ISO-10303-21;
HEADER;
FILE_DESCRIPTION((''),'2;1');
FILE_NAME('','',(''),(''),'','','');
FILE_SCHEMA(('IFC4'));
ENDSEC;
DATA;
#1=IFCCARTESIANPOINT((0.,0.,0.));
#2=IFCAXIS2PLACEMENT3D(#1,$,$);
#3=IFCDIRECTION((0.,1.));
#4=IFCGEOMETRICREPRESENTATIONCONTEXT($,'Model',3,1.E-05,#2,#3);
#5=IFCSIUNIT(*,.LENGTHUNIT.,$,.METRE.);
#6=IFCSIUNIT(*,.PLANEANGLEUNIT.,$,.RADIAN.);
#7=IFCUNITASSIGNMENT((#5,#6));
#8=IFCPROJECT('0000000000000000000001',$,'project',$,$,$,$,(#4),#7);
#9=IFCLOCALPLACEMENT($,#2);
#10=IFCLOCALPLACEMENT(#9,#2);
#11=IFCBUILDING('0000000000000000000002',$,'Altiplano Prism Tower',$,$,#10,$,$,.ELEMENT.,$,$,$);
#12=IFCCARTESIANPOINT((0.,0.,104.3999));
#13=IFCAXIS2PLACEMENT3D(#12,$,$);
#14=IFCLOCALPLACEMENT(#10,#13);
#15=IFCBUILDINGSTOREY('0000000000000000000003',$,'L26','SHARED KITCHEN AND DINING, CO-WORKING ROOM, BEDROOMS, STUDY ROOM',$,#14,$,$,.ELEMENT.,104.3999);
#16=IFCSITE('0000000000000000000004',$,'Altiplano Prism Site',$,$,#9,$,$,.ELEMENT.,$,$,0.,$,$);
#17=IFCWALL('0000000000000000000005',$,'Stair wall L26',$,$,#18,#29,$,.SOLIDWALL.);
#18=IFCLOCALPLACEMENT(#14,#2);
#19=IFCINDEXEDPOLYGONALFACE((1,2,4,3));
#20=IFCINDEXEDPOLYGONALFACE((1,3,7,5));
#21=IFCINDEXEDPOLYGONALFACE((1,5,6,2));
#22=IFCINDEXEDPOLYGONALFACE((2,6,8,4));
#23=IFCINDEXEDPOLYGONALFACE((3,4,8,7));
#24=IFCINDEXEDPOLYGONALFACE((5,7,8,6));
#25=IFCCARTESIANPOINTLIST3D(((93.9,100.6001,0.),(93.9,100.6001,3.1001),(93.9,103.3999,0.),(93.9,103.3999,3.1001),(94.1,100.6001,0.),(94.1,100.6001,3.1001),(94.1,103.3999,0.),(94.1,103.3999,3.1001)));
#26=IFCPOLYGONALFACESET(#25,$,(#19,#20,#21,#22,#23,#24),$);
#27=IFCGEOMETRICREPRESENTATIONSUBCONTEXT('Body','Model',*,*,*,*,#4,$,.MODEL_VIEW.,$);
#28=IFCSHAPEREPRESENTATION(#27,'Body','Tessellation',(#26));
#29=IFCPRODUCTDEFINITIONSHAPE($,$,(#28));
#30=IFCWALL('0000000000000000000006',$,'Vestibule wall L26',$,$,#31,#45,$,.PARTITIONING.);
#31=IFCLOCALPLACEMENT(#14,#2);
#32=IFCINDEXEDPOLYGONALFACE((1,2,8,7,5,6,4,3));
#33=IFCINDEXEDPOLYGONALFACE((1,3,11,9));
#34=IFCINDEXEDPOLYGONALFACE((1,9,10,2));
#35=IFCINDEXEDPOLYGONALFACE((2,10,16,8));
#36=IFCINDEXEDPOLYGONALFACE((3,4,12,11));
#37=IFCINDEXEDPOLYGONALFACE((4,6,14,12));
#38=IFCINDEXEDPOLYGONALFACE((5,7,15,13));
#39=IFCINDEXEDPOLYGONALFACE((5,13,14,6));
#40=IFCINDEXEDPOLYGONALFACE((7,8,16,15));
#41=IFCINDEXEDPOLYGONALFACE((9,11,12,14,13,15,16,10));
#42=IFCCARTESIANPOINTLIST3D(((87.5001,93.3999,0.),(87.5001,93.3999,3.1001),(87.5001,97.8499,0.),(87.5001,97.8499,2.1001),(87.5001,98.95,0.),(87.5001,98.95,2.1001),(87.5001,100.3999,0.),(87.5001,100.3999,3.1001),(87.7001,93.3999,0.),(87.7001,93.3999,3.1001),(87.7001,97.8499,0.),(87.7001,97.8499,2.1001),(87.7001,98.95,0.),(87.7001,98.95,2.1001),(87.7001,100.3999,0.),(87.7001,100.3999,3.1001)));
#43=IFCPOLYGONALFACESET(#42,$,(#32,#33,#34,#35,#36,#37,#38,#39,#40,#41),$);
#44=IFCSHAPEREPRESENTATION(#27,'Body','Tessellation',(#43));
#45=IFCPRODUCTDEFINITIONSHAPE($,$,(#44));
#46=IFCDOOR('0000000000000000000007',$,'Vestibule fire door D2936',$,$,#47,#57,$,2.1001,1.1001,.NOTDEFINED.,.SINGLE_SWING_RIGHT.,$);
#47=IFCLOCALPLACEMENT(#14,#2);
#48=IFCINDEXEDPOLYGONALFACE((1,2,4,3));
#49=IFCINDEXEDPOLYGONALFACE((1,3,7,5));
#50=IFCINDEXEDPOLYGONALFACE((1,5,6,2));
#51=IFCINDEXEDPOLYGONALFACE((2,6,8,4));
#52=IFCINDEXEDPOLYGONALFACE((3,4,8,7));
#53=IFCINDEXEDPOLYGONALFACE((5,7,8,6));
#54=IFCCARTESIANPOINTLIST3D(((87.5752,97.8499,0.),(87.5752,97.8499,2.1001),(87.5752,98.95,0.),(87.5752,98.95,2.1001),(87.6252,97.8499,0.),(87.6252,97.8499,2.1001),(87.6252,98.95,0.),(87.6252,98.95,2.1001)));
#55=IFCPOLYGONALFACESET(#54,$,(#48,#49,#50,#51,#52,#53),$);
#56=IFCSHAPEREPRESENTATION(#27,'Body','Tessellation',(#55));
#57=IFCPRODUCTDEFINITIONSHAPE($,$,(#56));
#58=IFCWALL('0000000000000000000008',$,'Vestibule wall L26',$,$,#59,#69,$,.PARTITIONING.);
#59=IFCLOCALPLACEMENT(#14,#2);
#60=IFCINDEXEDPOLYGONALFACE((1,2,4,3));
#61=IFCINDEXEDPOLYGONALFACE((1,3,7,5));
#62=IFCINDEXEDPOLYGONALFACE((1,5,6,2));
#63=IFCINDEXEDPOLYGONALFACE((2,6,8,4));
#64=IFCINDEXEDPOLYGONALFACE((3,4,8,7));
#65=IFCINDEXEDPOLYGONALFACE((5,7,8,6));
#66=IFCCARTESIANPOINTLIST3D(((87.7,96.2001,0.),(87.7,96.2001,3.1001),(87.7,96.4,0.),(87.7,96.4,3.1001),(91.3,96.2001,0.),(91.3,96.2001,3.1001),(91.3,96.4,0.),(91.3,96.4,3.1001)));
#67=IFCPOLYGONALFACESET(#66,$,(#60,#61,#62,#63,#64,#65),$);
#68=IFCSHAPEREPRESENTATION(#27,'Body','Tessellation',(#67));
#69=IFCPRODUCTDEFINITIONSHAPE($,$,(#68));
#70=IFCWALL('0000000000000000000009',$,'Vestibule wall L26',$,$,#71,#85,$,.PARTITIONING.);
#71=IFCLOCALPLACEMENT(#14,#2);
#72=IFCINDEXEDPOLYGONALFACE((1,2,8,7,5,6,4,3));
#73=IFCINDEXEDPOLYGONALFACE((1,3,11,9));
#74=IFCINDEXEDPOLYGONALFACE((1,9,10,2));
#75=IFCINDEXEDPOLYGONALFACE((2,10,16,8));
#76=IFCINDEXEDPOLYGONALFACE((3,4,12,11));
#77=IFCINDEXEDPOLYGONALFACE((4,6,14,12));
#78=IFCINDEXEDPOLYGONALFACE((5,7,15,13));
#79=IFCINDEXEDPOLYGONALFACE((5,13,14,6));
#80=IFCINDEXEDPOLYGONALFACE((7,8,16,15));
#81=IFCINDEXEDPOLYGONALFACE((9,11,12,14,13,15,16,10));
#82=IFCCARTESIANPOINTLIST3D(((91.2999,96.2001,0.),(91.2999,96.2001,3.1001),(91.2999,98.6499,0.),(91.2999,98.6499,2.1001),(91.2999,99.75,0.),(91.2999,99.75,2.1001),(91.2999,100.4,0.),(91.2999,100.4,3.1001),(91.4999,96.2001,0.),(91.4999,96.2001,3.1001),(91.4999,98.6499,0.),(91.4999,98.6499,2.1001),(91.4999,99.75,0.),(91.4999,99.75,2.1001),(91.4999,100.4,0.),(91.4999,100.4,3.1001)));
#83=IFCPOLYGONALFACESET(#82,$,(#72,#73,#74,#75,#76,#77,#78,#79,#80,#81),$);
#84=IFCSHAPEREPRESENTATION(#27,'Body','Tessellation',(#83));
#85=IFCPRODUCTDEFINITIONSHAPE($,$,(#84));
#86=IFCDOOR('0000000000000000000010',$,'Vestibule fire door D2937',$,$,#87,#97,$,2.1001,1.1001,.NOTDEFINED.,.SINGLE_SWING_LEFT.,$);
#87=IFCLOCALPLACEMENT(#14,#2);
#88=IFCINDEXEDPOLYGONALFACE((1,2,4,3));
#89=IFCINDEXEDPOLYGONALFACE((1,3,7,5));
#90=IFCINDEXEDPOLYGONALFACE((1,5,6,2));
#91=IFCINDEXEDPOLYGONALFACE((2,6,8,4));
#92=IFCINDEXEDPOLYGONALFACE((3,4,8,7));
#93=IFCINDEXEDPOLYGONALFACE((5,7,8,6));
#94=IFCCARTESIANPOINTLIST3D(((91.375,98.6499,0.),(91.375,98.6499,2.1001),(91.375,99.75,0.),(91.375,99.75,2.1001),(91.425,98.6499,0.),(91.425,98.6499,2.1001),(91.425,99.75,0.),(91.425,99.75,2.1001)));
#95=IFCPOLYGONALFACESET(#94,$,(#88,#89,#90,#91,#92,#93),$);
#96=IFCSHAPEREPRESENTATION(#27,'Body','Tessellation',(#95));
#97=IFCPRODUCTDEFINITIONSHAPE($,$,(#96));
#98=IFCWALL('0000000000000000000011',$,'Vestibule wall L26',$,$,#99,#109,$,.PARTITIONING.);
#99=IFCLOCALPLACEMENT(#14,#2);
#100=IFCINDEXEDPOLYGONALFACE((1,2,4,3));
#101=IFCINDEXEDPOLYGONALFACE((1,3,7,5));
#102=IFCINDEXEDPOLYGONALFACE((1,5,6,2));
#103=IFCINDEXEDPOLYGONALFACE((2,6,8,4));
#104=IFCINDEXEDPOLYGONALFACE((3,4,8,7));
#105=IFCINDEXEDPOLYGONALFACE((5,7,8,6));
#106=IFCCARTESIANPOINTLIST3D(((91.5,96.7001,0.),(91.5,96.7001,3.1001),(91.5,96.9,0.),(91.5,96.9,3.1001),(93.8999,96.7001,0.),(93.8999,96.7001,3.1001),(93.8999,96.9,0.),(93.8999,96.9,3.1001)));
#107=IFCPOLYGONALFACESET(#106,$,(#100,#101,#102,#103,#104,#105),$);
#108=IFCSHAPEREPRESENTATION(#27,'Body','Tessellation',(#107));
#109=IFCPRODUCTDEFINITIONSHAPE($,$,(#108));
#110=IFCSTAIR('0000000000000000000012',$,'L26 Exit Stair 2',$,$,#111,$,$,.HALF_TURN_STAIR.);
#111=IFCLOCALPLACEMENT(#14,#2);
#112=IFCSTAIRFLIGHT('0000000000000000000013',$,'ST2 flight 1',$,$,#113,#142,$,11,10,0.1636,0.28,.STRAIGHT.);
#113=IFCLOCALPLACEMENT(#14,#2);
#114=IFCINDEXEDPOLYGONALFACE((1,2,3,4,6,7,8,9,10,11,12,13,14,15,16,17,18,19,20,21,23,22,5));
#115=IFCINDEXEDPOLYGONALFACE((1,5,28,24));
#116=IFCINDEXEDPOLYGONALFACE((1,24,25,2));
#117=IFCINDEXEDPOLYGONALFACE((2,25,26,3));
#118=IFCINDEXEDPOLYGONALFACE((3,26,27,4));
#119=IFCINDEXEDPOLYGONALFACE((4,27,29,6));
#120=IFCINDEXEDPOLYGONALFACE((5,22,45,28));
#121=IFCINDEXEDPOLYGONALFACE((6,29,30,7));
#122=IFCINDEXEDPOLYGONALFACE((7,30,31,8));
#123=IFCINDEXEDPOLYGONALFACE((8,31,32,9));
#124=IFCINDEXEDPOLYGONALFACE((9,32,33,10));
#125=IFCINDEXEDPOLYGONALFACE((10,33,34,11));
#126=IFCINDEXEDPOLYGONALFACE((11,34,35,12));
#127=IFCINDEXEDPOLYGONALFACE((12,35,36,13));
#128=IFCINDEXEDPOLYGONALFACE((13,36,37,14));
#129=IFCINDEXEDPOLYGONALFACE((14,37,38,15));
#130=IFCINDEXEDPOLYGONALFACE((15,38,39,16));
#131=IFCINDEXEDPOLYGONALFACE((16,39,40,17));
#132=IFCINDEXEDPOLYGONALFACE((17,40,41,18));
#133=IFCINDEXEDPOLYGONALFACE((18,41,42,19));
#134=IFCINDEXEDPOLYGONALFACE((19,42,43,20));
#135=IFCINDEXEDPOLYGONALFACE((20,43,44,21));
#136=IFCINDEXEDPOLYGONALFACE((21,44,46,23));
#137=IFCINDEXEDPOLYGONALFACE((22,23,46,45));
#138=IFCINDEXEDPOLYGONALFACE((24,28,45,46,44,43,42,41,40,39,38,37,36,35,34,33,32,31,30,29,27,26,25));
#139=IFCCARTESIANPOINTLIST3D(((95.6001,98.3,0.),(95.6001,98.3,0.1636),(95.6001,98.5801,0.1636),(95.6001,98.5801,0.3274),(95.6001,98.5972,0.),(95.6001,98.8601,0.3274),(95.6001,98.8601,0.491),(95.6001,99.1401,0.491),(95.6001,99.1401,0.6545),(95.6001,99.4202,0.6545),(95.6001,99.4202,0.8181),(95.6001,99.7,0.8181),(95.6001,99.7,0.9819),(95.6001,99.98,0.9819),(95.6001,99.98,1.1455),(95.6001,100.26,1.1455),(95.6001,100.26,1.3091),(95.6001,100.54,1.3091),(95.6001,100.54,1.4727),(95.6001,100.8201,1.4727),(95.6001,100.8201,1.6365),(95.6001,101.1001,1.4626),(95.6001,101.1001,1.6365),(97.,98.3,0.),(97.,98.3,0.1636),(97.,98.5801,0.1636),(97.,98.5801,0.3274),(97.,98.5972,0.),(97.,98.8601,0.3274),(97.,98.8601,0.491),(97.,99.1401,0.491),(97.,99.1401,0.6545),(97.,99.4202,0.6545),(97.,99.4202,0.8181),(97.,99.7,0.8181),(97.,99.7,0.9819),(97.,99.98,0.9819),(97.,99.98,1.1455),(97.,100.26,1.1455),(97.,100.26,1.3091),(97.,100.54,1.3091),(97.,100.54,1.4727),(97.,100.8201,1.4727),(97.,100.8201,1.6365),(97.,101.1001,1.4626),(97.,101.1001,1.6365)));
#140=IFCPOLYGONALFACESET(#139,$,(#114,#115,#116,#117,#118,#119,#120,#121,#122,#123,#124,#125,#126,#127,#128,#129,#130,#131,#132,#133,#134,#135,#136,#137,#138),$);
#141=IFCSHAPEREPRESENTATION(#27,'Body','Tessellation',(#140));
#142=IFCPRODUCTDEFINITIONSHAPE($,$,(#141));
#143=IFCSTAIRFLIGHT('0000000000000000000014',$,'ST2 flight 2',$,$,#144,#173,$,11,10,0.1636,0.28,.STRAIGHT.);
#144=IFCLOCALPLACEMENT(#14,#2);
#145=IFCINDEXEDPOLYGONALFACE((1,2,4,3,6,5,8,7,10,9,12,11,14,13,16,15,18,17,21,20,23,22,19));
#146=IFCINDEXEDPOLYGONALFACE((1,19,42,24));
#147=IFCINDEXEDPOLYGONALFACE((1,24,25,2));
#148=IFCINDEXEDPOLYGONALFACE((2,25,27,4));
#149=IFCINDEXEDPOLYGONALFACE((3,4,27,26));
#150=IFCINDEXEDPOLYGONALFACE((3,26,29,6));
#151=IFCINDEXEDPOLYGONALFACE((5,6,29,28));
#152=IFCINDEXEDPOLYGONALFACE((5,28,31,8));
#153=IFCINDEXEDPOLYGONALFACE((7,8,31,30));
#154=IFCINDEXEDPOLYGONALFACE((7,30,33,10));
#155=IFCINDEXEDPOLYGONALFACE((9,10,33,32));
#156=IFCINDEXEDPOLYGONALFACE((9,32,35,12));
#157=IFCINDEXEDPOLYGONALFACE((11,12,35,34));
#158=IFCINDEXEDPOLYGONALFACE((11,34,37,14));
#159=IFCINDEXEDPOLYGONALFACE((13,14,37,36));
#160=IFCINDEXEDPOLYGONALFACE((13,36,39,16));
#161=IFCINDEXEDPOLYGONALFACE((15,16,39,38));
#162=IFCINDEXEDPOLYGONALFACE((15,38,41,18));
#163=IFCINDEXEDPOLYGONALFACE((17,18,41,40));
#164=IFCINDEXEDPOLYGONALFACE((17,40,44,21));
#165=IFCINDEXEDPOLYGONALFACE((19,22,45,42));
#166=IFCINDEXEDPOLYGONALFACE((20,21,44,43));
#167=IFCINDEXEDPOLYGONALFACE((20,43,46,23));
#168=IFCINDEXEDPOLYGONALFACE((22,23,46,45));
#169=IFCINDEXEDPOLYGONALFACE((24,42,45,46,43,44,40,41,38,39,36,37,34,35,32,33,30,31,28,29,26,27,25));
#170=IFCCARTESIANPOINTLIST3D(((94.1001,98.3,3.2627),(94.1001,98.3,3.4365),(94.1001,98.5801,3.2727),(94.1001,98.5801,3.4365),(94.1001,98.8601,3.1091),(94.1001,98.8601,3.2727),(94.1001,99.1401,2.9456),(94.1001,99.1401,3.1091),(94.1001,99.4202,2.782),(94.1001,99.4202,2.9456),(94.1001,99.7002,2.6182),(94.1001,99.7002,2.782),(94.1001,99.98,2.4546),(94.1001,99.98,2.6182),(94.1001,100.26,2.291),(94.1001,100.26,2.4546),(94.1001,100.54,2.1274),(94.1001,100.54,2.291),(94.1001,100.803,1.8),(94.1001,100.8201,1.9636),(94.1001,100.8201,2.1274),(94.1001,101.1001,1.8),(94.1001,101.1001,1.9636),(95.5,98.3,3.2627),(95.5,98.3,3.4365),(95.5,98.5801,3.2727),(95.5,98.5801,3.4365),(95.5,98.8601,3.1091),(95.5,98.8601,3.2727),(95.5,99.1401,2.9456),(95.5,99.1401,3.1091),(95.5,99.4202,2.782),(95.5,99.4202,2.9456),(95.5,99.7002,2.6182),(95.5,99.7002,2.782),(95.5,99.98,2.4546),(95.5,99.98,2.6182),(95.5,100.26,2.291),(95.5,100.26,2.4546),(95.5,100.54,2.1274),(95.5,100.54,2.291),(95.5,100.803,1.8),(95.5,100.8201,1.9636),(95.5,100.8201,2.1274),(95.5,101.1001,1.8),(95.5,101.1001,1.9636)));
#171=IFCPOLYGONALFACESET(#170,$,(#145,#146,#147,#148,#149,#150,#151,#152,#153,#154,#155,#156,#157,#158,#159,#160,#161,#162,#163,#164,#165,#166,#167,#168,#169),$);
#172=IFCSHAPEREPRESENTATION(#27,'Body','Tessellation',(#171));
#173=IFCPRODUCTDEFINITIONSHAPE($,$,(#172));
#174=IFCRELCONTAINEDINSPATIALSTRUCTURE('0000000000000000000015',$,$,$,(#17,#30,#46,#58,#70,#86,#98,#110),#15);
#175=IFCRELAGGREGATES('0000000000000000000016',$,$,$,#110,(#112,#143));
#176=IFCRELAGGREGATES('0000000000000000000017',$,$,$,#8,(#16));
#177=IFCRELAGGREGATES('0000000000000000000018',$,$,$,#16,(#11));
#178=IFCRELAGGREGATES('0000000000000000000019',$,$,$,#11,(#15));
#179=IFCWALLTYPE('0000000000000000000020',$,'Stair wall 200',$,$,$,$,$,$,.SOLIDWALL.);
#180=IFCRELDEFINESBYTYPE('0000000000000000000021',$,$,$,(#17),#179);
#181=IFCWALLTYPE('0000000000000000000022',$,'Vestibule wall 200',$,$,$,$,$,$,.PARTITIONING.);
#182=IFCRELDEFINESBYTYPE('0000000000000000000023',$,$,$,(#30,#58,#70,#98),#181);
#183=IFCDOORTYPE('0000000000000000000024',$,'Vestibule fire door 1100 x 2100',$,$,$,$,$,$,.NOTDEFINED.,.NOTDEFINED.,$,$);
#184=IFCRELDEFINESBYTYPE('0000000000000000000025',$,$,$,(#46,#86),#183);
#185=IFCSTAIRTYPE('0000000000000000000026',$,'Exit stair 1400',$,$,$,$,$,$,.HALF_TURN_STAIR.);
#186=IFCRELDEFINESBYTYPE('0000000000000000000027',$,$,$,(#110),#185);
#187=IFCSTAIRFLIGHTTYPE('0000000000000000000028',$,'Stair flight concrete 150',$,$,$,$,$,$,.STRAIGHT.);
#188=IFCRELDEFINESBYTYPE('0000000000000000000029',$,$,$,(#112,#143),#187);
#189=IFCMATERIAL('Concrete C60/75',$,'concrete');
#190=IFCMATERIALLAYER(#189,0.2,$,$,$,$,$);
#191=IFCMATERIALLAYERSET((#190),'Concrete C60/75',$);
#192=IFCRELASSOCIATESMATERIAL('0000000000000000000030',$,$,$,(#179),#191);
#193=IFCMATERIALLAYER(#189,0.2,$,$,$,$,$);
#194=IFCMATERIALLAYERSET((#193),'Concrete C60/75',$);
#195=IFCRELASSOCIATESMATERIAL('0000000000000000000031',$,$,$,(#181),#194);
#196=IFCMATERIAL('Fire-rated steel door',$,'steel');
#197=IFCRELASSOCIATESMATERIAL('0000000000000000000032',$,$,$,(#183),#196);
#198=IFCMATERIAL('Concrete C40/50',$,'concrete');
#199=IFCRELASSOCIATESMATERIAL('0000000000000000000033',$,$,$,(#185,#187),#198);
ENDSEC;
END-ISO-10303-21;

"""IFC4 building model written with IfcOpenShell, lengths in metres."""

from ifc_helpers import new_model, si_unit, direction, frame, frame_2d, origin, place, context, subcontext, project, spatial, polyline, rectangle, outline, extrude, material, layer, layer_set, type_object, element, fill, aggregate, save


model = new_model("IFC4")

# Units and contexts
model_context = context("Model", 3, precision=1e-05, world=origin(), true_north=direction((0.0, 1.0)))
body_context = subcontext(model_context, "Body", "Model", "MODEL_VIEW")
ifc_project = project(units=[si_unit("LENGTHUNIT", "METRE"), si_unit("PLANEANGLEUNIT", "RADIAN")], contexts=[model_context])

# Site, building, storey
site_placement = place(None, origin())
site = spatial("IfcSite", under=ifc_project, at=site_placement, Name="Altiplano Prism Site", CompositionType="ELEMENT", RefElevation=0.0)
building_placement = place(site_placement, origin())
building = spatial("IfcBuilding", under=site, at=building_placement, Name="Altiplano Prism Tower", CompositionType="ELEMENT")
storey_placement = place(building_placement, frame((0.0, 0.0, 104.3999)))
storey = spatial("IfcBuildingStorey", under=building, at=storey_placement, Name="L26", Description="SHARED KITCHEN AND DINING, CO-WORKING ROOM, BEDROOMS, STUDY ROOM", CompositionType="ELEMENT", Elevation=104.3999)

# Shared definitions
ifc_material_1 = material(Name="Concrete C60/75", Category="concrete")

# Shared definitions
ifc_layer_1 = layer(ifc_material_1, 0.2)
ifc_layer_set_1 = layer_set([ifc_layer_1], Name="Concrete C60/75")
wall_type_1 = type_object("IfcWallType", Name="Stair wall 200", PredefinedType="SOLIDWALL", material=ifc_layer_set_1)
ifc_material_2 = material(Name="Fire-rated steel door", Category="steel")

# Wall
wall_1_placement = place(storey_placement, frame((94.0, 100.6001, 0.0), z_axis=(0.0, 0.0, 1.0), x_axis=(0.0, 1.0, 0.0)))
element("IfcWall", 1, at=wall_1_placement, inside=storey, type_object=wall_type_1, Name="Stair wall L26", PredefinedType="SOLIDWALL", context=body_context, shape_type="SweptSolid", body=[
    extrude(rectangle(XDim=2.7998, YDim=0.2, at=frame_2d((1.3999, 0.0))), origin(), (0.0, 0.0, 1.0), 3.1001),
])

# Wall, opening, door
ifc_layer_2 = layer(ifc_material_1, 0.2)
ifc_layer_set_2 = layer_set([ifc_layer_2], Name="Concrete C60/75")
wall_type_2 = type_object("IfcWallType", Name="Vestibule wall 200", PredefinedType="PARTITIONING", material=ifc_layer_set_2)
wall_2_placement = place(storey_placement, frame((87.6001, 93.3999, 0.0), z_axis=(0.0, 0.0, 1.0), x_axis=(0.0, 1.0, 0.0)))
wall_2 = element("IfcWall", 2, at=wall_2_placement, inside=storey, type_object=wall_type_2, Name="Vestibule wall L26", PredefinedType="PARTITIONING", context=body_context, shape_type="SweptSolid", body=[
    extrude(rectangle(XDim=7.0, YDim=0.2, at=frame_2d((3.5, 0.0))), origin(), (0.0, 0.0, 1.0), 3.1001),
])
opening_1_placement = place(wall_2_placement, frame((4.45, 0.0, 0.0)))
opening_1 = element("IfcOpeningElement", 3, at=opening_1_placement, cuts=wall_2, PredefinedType="OPENING", context=body_context, shape_type="SweptSolid", body=[
    extrude(rectangle(XDim=1.1001, YDim=2.1001, at=frame_2d((0.55, 1.05))), frame((0.0, 0.1104, 0.0), z_axis=(0.0, -1.0, 0.0), x_axis=(1.0, 0.0, 0.0)), (0.0, 0.0, 1.0), 0.2209),
])
door_type_1 = type_object("IfcDoorType", Name="Vestibule fire door 1100 x 2100", OperationType="NOTDEFINED", PredefinedType="NOTDEFINED", material=ifc_material_2)
door_1_placement = place(opening_1_placement, origin())
door_1 = element("IfcDoor", 4, at=door_1_placement, inside=storey, type_object=door_type_1, Name="Vestibule fire door D2936", OperationType="SINGLE_SWING_RIGHT", OverallHeight=2.1001, OverallWidth=1.1001, PredefinedType="NOTDEFINED", context=body_context, shape_type="SweptSolid", body=[
    extrude(rectangle(XDim=1.1001, YDim=2.1001, at=frame_2d((0.55, 1.05))), frame((0.0, 0.0249, 0.0), z_axis=(0.0, -1.0, 0.0), x_axis=(1.0, 0.0, 0.0)), (0.0, 0.0, 1.0), 0.05),
])
fill(opening_1, door_1)

# Wall
wall_3_placement = place(storey_placement, frame((87.7, 96.3, 0.0), z_axis=(0.0, 0.0, 1.0), x_axis=(1.0, 0.0, 0.0)))
element("IfcWall", 5, at=wall_3_placement, inside=storey, type_object=wall_type_2, Name="Vestibule wall L26", PredefinedType="PARTITIONING", context=body_context, shape_type="SweptSolid", body=[
    extrude(rectangle(XDim=3.6001, YDim=0.2, at=frame_2d((1.8, 0.0))), origin(), (0.0, 0.0, 1.0), 3.1001),
])

# Wall, opening, door
wall_4_placement = place(storey_placement, frame((91.3999, 96.2, 0.0), z_axis=(0.0, 0.0, 1.0), x_axis=(0.0, 1.0, 0.0)))
wall_4 = element("IfcWall", 6, at=wall_4_placement, inside=storey, type_object=wall_type_2, Name="Vestibule wall L26", PredefinedType="PARTITIONING", context=body_context, shape_type="SweptSolid", body=[
    extrude(rectangle(XDim=4.2, YDim=0.2, at=frame_2d((2.1001, 0.0))), origin(), (0.0, 0.0, 1.0), 3.1001),
])
opening_2_placement = place(wall_4_placement, frame((2.45, 0.0, 0.0)))
opening_2 = element("IfcOpeningElement", 7, at=opening_2_placement, cuts=wall_4, PredefinedType="OPENING", context=body_context, shape_type="SweptSolid", body=[
    extrude(rectangle(XDim=1.1001, YDim=2.1001, at=frame_2d((0.55, 1.05))), frame((0.0, 0.1104, 0.0), z_axis=(0.0, -1.0, 0.0), x_axis=(1.0, 0.0, 0.0)), (0.0, 0.0, 1.0), 0.2209),
])
door_2_placement = place(opening_2_placement, origin())
door_2 = element("IfcDoor", 8, at=door_2_placement, inside=storey, type_object=door_type_1, Name="Vestibule fire door D2937", OperationType="SINGLE_SWING_LEFT", OverallHeight=2.1001, OverallWidth=1.1001, PredefinedType="NOTDEFINED", context=body_context, shape_type="SweptSolid", body=[
    extrude(rectangle(XDim=1.1001, YDim=2.1001, at=frame_2d((0.55, 1.05))), frame((0.0, 0.0249, 0.0), z_axis=(0.0, -1.0, 0.0), x_axis=(1.0, 0.0, 0.0)), (0.0, 0.0, 1.0), 0.05),
])
fill(opening_2, door_2)

# Wall
wall_5_placement = place(storey_placement, frame((91.5, 96.8, 0.0), z_axis=(0.0, 0.0, 1.0), x_axis=(1.0, 0.0, 0.0)))
element("IfcWall", 9, at=wall_5_placement, inside=storey, type_object=wall_type_2, Name="Vestibule wall L26", PredefinedType="PARTITIONING", context=body_context, shape_type="SweptSolid", body=[
    extrude(rectangle(XDim=2.3999, YDim=0.2, at=frame_2d((1.2, 0.0))), origin(), (0.0, 0.0, 1.0), 3.1001),
])

# Stair, stair flights
ifc_material_3 = material(Name="Concrete C40/50", Category="concrete")
stair_type = type_object("IfcStairType", Name="Exit stair 1400", PredefinedType="HALF_TURN_STAIR", material=ifc_material_3)
stair_placement = place(storey_placement, origin())
stair = element("IfcStair", 10, at=stair_placement, inside=storey, type_object=stair_type, Name="L26 Exit Stair 2", PredefinedType="HALF_TURN_STAIR")
stair_flight_type = type_object("IfcStairFlightType", Name="Stair flight concrete 150", PredefinedType="STRAIGHT", material=ifc_material_3)
stair_flight_1_placement = place(storey_placement, frame((96.3, 98.3, 0.0), z_axis=(0.0, 0.0, 1.0), x_axis=(0.0, 1.0, 0.0)))
stair_flight_1 = element("IfcStairFlight", 11, at=stair_flight_1_placement, type_object=stair_flight_type, Name="ST2 flight 1", NumberOfRisers=11, NumberOfTreads=10, PredefinedType="STRAIGHT", RiserHeight=0.1636, TreadLength=0.28, context=body_context, shape_type="SweptSolid", body=[
    extrude(outline(polyline([(0.0, 0.0), (0.0, 0.1636), (0.28, 0.1636), (0.28, 0.3274), (0.5601, 0.3274), (0.5601, 0.491), (0.8401, 0.491), (0.8401, 0.6545), (1.1201, 0.6545), (1.1201, 0.8181), (1.3999, 0.8181), (1.3999, 0.9819), (1.6799, 0.9819), (1.6799, 1.1455), (1.96, 1.1455), (1.96, 1.3091), (2.24, 1.3091), (2.24, 1.4727), (2.52, 1.4727), (2.52, 1.6365), (2.8, 1.6365), (2.8, 1.8), (2.8, 1.4626), (0.2971, 0.0), (0.0, 0.0)])), frame((0.0, 0.7, 0.0), z_axis=(0.0, -1.0, 0.0), x_axis=(1.0, 0.0, 0.0)), (0.0, 0.0, 1.0), 1.3999),
])
stair_flight_2_placement = place(storey_placement, frame((94.8, 101.1001, 1.8), z_axis=(0.0, 0.0, 1.0), x_axis=(0.0, -1.0, 0.0)))
stair_flight_2 = element("IfcStairFlight", 12, at=stair_flight_2_placement, type_object=stair_flight_type, Name="ST2 flight 2", NumberOfRisers=11, NumberOfTreads=10, PredefinedType="STRAIGHT", RiserHeight=0.1636, TreadLength=0.28, context=body_context, shape_type="SweptSolid", body=[
    extrude(outline(polyline([(0.0, 0.0), (0.0, 0.1636), (0.28, 0.1636), (0.28, 0.3274), (0.5601, 0.3274), (0.5601, 0.491), (0.8401, 0.491), (0.8401, 0.6545), (1.1201, 0.6545), (1.1201, 0.8181), (1.3999, 0.8181), (1.3999, 0.9819), (1.6799, 0.9819), (1.6799, 1.1455), (1.96, 1.1455), (1.96, 1.3091), (2.24, 1.3091), (2.24, 1.4727), (2.52, 1.4727), (2.52, 1.6365), (2.8, 1.6365), (2.8, 1.8), (2.8, 1.4626), (0.2971, 0.0), (0.0, 0.0)])), frame((0.0, 0.7, 0.0), z_axis=(0.0, -1.0, 0.0), x_axis=(1.0, 0.0, 0.0)), (0.0, 0.0, 1.0), 1.3999),
])
aggregate(stair, [stair_flight_1, stair_flight_2])

save(model, "model.ifc")
